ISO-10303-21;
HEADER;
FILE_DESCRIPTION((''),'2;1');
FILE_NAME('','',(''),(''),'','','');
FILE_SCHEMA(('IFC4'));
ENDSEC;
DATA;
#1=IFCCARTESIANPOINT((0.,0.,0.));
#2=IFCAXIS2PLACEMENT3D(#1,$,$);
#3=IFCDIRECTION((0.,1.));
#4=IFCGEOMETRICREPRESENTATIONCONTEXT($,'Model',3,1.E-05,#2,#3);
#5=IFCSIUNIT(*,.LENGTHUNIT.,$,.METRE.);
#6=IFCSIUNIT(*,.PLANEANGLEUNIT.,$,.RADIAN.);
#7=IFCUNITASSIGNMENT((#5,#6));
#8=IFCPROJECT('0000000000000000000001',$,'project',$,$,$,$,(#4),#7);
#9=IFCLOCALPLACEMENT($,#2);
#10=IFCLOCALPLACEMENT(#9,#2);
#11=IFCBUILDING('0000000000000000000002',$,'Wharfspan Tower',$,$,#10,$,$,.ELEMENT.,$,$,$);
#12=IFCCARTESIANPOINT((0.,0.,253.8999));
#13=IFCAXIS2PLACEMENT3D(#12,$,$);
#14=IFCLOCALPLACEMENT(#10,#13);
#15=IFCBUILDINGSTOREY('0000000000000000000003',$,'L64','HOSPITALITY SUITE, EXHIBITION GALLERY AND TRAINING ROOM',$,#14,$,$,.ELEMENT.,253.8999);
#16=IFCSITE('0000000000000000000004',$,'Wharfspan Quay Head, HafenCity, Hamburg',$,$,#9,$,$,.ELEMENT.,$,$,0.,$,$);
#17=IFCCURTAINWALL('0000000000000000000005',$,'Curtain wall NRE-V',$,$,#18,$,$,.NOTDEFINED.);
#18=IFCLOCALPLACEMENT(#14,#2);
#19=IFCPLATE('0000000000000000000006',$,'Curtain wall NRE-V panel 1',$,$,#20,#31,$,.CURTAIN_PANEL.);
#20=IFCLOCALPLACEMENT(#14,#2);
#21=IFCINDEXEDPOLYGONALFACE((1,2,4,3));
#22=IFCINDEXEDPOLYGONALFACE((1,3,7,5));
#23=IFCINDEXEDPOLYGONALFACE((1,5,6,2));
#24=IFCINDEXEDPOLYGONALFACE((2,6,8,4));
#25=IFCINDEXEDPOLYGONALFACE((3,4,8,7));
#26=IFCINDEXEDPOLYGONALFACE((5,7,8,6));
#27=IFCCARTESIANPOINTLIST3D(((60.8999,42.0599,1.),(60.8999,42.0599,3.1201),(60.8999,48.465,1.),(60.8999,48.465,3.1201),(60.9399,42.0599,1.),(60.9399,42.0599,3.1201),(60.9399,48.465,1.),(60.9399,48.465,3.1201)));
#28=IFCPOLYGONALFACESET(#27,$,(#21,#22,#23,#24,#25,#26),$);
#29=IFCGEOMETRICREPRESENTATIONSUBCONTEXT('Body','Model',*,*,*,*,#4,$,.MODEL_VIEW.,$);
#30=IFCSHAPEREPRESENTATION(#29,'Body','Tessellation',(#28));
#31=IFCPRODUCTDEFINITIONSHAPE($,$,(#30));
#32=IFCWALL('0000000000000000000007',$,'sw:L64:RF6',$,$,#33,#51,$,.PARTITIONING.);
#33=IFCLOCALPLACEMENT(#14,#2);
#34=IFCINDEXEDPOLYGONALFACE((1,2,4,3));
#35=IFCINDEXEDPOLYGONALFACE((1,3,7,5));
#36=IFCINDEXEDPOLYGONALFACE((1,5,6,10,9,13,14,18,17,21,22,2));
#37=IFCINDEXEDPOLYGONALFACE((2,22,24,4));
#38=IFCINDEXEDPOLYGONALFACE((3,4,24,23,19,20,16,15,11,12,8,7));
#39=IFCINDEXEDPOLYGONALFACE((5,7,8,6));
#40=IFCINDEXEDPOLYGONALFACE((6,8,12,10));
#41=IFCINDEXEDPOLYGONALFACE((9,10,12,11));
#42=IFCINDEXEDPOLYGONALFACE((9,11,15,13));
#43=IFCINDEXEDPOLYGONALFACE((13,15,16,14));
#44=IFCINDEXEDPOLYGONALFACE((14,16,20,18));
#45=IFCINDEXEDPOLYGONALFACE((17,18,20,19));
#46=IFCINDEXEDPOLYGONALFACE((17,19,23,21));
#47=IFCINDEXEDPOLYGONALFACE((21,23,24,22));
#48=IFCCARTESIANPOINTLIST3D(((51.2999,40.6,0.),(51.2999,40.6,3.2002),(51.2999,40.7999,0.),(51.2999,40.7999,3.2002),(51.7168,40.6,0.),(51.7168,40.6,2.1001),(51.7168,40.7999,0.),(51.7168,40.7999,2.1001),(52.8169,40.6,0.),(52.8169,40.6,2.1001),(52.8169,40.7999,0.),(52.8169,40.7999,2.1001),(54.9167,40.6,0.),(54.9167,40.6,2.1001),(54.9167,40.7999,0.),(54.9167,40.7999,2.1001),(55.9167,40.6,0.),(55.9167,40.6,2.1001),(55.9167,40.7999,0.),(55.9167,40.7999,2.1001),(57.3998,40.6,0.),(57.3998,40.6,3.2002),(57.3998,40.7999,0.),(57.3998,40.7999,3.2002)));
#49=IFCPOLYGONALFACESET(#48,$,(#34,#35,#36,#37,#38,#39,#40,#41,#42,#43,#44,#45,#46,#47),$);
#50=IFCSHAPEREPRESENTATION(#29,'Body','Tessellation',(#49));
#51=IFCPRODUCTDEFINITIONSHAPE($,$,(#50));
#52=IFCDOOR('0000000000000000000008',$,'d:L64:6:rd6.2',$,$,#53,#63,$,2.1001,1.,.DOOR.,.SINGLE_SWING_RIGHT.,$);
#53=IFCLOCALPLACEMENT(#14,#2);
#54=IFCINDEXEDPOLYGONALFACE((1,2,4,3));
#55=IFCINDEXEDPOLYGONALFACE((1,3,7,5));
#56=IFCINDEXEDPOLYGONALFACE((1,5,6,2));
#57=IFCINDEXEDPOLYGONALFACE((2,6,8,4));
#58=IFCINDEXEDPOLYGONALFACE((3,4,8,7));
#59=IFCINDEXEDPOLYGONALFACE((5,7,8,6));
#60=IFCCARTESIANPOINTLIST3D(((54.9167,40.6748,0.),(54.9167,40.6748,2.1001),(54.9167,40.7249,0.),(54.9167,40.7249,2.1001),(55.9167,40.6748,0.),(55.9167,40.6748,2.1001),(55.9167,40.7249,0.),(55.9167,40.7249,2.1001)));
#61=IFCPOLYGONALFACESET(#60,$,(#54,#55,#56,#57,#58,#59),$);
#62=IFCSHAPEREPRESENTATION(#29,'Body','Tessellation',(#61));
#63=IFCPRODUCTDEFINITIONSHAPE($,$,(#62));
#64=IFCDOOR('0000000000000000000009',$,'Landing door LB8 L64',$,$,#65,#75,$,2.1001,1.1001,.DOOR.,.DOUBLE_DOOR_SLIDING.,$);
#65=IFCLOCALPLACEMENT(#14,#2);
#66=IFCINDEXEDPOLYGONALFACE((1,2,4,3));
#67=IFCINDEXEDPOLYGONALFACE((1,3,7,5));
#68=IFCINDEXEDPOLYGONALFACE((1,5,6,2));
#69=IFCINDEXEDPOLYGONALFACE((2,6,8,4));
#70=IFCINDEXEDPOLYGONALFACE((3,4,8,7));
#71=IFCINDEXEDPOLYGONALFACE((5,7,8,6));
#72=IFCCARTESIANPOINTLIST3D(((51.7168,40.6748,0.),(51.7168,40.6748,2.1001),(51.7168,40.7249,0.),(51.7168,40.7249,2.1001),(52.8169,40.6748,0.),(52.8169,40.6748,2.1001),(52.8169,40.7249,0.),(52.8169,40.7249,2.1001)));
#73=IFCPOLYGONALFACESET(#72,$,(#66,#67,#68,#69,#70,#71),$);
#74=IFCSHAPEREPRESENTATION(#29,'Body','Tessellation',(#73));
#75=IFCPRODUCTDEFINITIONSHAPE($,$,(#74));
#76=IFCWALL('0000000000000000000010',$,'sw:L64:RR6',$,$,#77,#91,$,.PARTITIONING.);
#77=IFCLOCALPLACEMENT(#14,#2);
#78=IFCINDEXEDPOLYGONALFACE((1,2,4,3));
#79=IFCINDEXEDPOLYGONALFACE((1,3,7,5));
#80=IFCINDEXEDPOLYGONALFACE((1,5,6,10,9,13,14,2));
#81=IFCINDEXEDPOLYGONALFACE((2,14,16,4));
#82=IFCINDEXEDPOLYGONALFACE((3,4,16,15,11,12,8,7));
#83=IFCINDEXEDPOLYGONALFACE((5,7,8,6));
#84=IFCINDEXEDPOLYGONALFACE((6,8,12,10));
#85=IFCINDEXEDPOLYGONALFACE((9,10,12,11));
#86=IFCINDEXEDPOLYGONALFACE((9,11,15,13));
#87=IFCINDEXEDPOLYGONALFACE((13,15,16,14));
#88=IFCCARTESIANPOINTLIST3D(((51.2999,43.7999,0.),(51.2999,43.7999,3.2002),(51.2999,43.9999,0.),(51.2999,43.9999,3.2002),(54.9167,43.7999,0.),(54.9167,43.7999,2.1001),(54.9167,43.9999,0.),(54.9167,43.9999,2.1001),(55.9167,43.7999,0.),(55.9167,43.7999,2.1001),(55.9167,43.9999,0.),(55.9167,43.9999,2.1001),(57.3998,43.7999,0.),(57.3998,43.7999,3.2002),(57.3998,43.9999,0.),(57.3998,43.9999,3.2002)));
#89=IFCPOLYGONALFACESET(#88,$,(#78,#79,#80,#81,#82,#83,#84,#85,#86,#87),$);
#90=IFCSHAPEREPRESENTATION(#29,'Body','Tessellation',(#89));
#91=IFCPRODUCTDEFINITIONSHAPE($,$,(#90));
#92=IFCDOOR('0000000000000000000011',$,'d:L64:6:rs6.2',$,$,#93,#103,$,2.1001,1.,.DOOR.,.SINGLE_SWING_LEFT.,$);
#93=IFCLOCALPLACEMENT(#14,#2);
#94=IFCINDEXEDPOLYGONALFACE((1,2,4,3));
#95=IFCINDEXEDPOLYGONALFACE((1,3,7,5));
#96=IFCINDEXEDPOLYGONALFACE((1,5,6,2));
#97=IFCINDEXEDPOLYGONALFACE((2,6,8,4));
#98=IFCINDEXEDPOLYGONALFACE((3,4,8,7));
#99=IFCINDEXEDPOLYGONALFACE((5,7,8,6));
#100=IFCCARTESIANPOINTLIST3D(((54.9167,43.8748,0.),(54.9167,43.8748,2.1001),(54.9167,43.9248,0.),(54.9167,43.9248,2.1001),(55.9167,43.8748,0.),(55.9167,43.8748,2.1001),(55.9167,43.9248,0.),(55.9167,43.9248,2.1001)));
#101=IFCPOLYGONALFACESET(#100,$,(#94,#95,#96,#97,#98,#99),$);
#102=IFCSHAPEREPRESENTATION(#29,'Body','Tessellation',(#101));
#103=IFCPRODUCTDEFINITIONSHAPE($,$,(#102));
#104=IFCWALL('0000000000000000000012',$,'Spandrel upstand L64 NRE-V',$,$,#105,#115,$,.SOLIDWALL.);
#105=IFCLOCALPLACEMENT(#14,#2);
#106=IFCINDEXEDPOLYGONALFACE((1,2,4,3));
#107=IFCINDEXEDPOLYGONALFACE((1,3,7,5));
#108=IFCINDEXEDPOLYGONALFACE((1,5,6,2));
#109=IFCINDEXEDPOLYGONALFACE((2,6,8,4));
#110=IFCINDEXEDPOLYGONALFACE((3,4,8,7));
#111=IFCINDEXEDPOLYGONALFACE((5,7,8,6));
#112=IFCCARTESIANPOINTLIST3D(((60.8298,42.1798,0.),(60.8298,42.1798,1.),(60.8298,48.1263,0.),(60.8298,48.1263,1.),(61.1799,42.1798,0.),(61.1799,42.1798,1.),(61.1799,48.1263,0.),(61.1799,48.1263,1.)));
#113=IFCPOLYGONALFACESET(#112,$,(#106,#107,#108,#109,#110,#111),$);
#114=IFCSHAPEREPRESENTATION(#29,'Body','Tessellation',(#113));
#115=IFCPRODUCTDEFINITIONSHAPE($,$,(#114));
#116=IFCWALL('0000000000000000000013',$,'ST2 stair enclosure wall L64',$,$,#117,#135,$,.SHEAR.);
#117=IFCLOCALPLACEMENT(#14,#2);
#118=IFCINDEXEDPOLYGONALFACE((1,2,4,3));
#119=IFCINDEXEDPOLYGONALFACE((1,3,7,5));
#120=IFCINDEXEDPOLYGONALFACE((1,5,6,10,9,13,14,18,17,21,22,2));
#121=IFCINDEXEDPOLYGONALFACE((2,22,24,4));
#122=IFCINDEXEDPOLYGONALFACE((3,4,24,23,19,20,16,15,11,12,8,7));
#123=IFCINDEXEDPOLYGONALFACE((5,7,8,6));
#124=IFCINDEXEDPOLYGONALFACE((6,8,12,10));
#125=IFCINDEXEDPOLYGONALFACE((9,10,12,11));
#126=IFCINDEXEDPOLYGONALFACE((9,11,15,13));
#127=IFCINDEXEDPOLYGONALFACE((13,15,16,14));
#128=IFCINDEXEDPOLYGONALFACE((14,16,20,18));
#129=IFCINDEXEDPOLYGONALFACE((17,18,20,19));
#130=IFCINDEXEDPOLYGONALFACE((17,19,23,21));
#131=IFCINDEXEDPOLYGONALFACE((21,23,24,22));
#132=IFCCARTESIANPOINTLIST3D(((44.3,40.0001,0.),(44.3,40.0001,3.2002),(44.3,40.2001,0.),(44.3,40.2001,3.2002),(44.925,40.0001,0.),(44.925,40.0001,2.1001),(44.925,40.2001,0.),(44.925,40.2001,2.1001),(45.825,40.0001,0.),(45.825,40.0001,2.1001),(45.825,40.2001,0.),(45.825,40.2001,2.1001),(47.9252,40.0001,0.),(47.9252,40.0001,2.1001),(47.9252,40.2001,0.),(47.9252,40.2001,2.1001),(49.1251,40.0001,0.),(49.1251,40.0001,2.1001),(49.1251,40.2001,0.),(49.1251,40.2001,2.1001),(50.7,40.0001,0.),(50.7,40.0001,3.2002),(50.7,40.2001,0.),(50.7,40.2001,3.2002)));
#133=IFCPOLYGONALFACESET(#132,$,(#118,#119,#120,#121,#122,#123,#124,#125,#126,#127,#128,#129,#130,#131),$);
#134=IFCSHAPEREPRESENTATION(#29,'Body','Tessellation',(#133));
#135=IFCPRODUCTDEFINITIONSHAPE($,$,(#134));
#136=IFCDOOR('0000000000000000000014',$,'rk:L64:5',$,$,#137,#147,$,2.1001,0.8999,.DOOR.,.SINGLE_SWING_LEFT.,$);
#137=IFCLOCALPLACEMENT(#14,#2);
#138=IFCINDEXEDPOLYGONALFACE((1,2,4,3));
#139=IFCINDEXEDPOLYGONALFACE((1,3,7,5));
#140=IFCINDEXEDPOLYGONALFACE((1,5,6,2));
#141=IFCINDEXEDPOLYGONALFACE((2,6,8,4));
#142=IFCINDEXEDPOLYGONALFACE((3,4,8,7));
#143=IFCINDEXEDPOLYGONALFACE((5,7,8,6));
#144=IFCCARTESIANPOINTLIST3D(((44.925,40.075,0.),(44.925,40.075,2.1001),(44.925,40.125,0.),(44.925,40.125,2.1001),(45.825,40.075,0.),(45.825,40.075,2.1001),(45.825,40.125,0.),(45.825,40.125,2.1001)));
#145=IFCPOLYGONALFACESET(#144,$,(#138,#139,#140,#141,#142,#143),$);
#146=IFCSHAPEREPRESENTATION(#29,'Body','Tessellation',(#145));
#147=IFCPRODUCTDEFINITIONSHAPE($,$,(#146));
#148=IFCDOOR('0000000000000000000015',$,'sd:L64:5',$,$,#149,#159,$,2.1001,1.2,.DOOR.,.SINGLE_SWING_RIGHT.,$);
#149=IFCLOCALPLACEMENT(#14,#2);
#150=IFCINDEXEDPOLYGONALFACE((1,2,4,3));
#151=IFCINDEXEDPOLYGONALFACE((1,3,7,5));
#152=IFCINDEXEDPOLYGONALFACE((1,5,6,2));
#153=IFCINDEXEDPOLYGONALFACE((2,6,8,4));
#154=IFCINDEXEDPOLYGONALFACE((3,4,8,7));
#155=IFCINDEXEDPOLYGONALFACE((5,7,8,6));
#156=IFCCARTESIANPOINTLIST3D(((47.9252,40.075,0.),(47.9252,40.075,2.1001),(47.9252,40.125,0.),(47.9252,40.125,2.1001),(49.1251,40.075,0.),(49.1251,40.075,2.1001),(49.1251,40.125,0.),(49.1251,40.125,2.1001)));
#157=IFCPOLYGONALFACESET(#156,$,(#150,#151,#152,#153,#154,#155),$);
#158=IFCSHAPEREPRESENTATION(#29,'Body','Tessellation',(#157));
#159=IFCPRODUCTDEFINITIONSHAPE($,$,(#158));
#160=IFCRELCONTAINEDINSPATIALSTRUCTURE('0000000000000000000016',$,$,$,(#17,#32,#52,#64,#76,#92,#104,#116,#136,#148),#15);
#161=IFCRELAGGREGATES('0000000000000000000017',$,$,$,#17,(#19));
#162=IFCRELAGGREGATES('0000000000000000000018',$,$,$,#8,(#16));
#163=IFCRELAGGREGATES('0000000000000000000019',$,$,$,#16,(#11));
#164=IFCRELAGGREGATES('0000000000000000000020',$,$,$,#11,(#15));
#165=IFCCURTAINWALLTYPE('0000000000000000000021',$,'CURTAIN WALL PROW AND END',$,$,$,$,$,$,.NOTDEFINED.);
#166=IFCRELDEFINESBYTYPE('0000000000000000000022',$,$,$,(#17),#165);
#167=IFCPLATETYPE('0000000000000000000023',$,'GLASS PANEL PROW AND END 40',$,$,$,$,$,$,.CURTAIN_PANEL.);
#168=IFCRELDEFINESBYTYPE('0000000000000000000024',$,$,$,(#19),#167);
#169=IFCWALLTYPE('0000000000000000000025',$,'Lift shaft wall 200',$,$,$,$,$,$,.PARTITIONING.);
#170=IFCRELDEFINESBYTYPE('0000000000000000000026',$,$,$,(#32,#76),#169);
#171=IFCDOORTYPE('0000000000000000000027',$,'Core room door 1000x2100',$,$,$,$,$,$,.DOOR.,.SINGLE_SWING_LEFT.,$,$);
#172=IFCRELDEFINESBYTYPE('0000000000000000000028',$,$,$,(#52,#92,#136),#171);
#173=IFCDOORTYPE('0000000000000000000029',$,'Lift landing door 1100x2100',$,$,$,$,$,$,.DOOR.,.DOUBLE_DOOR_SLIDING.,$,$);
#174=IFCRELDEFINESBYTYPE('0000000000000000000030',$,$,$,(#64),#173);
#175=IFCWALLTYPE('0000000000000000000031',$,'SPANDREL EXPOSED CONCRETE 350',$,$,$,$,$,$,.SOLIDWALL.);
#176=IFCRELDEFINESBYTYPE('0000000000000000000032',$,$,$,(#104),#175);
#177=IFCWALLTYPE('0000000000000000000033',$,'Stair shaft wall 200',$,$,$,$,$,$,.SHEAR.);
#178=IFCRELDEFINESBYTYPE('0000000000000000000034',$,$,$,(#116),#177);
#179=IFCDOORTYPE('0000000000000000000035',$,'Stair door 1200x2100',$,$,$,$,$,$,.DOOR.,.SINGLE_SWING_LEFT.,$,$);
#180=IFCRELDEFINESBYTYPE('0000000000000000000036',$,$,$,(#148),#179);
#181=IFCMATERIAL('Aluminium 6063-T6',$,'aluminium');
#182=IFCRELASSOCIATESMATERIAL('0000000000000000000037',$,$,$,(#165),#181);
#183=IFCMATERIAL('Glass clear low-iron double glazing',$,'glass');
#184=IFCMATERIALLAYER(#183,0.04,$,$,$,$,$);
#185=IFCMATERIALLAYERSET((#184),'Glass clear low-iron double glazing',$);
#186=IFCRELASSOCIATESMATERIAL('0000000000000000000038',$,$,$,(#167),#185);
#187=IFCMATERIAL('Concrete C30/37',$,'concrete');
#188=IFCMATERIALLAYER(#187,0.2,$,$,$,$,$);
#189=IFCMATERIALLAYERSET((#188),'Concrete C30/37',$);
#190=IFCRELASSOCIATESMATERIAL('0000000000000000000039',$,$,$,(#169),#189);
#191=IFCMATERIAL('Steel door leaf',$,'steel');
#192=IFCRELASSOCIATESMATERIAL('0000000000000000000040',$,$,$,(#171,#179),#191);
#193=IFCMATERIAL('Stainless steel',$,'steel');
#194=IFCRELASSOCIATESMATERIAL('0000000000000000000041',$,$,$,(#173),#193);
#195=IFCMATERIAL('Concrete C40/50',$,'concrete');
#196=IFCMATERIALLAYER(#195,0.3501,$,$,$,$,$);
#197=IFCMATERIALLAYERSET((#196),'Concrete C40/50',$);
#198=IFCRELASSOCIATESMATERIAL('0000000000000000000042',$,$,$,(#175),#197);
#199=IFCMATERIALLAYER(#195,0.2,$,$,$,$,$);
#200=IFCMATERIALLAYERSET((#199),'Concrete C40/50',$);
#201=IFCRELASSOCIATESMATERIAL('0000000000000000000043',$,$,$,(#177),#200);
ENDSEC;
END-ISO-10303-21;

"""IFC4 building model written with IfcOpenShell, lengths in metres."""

from ifc_helpers import new_model, si_unit, direction, frame, frame_2d, origin, origin_2d, place, context, subcontext, project, spatial, rectangle, extrude, material, layer, layer_set, type_object, element, fill, aggregate, save


model = new_model("IFC4")

# Units and contexts
model_context = context("Model", 3, precision=1e-05, world=origin(), true_north=direction((0.0, 1.0)))
body_context = subcontext(model_context, "Body", "Model", "MODEL_VIEW")
ifc_project = project(units=[si_unit("LENGTHUNIT", "METRE"), si_unit("PLANEANGLEUNIT", "RADIAN")], contexts=[model_context])

# Site, building, storey
site_placement = place(None, origin())
site = spatial("IfcSite", under=ifc_project, at=site_placement, Name="Wharfspan Quay Head, HafenCity, Hamburg", CompositionType="ELEMENT", RefElevation=0.0)
building_placement = place(site_placement, origin())
building = spatial("IfcBuilding", under=site, at=building_placement, Name="Wharfspan Tower", CompositionType="ELEMENT")
storey_placement = place(building_placement, frame((0.0, 0.0, 253.8999)))
storey = spatial("IfcBuildingStorey", under=building, at=storey_placement, Name="L64", Description="HOSPITALITY SUITE, EXHIBITION GALLERY AND TRAINING ROOM", CompositionType="ELEMENT", Elevation=253.8999)

# Shared definitions
ifc_material_1 = material(Name="Aluminium 6063-T6", Category="aluminium")
curtain_wall_type = type_object("IfcCurtainWallType", Name="CURTAIN WALL PROW AND END", PredefinedType="NOTDEFINED", material=ifc_material_1)

# Curtain wall
curtain_wall_1_placement = place(storey_placement, origin())
curtain_wall_1 = element("IfcCurtainWall", 1, at=curtain_wall_1_placement, inside=storey, type_object=curtain_wall_type, Name="Curtain wall NRE-V", PredefinedType="NOTDEFINED")

# Plate
ifc_material_2 = material(Name="Glass clear low-iron double glazing", Category="glass")
ifc_layer_1 = layer(ifc_material_2, 0.04)
ifc_layer_set_1 = layer_set([ifc_layer_1], Name="Glass clear low-iron double glazing")
plate_type = type_object("IfcPlateType", Name="GLASS PANEL PROW AND END 40", PredefinedType="CURTAIN_PANEL", material=ifc_layer_set_1)
plate_1_placement = place(storey_placement, frame((60.9199, 45.2625, 1.0), z_axis=(0.0, 0.0, 1.0), x_axis=(0.0, 1.0, 0.0)))
plate_1 = element("IfcPlate", 2, at=plate_1_placement, type_object=plate_type, Name="Curtain wall NRE-V panel 1", PredefinedType="CURTAIN_PANEL", context=body_context, shape_type="SweptSolid", body=[
    extrude(rectangle(XDim=6.405, YDim=0.04, at=origin_2d()), origin(), (0.0, 0.0, 1.0), 2.1201),
])
aggregate(curtain_wall_1, [plate_1])

# Wall, openings, doors
ifc_material_3 = material(Name="Concrete C30/37", Category="concrete")
ifc_layer_2 = layer(ifc_material_3, 0.2)
ifc_layer_set_2 = layer_set([ifc_layer_2], Name="Concrete C30/37")
wall_type_1 = type_object("IfcWallType", Name="Lift shaft wall 200", PredefinedType="PARTITIONING", material=ifc_layer_set_2)
wall_1_placement = place(storey_placement, frame((51.3, 40.7, 0.0), z_axis=(0.0, 0.0, 1.0), x_axis=(1.0, 0.0, 0.0)))
wall_1 = element("IfcWall", 3, at=wall_1_placement, inside=storey, type_object=wall_type_1, Name="sw:L64:RF6", PredefinedType="PARTITIONING", context=body_context, shape_type="SweptSolid", body=[
    extrude(rectangle(XDim=6.0999, YDim=0.2, at=frame_2d((3.0498, 0.0))), origin(), (0.0, 0.0, 1.0), 3.2002),
])
opening_1_placement = place(wall_1_placement, frame((0.4167, 0.0, 0.0)))
opening_1 = element("IfcOpeningElement", 4, at=opening_1_placement, cuts=wall_1, PredefinedType="OPENING", context=body_context, shape_type="SweptSolid", body=[
    extrude(rectangle(XDim=1.1001, YDim=2.1001, at=frame_2d((0.55, 1.05))), frame((0.0, 0.1099, 0.0), z_axis=(0.0, -1.0, 0.0), x_axis=(1.0, 0.0, 0.0)), (0.0, 0.0, 1.0), 0.22),
])
opening_2_placement = place(wall_1_placement, frame((3.6167, 0.0, 0.0)))
opening_2 = element("IfcOpeningElement", 5, at=opening_2_placement, cuts=wall_1, PredefinedType="OPENING", context=body_context, shape_type="SweptSolid", body=[
    extrude(rectangle(XDim=1.0, YDim=2.1001, at=frame_2d((0.5, 1.05))), frame((0.0, 0.1099, 0.0), z_axis=(0.0, -1.0, 0.0), x_axis=(1.0, 0.0, 0.0)), (0.0, 0.0, 1.0), 0.22),
])
ifc_material_4 = material(Name="Steel door leaf", Category="steel")
door_type_1 = type_object("IfcDoorType", Name="Core room door 1000x2100", OperationType="SINGLE_SWING_LEFT", PredefinedType="DOOR", material=ifc_material_4)
door_1_placement = place(opening_2_placement, origin())
door_1 = element("IfcDoor", 6, at=door_1_placement, inside=storey, type_object=door_type_1, Name="d:L64:6:rd6.2", OperationType="SINGLE_SWING_RIGHT", OverallHeight=2.1001, OverallWidth=1.0, PredefinedType="DOOR", context=body_context, shape_type="SweptSolid", body=[
    extrude(rectangle(XDim=1.0, YDim=2.1001, at=frame_2d((0.5, 1.05))), frame((0.0, 0.0249, 0.0), z_axis=(0.0, -1.0, 0.0), x_axis=(1.0, 0.0, 0.0)), (0.0, 0.0, 1.0), 0.05),
])
fill(opening_2, door_1)
ifc_material_5 = material(Name="Stainless steel", Category="steel")
door_type_2 = type_object("IfcDoorType", Name="Lift landing door 1100x2100", OperationType="DOUBLE_DOOR_SLIDING", PredefinedType="DOOR", material=ifc_material_5)
door_2_placement = place(opening_1_placement, origin())
door_2 = element("IfcDoor", 7, at=door_2_placement, inside=storey, type_object=door_type_2, Name="Landing door LB8 L64", OperationType="DOUBLE_DOOR_SLIDING", OverallHeight=2.1001, OverallWidth=1.1001, PredefinedType="DOOR", context=body_context, shape_type="SweptSolid", body=[
    extrude(rectangle(XDim=1.1001, YDim=2.1001, at=frame_2d((0.55, 1.05))), frame((0.0, 0.0249, 0.0), z_axis=(0.0, -1.0, 0.0), x_axis=(1.0, 0.0, 0.0)), (0.0, 0.0, 1.0), 0.05),
])
fill(opening_1, door_2)

# Wall, opening, door
wall_2_placement = place(storey_placement, frame((51.3, 43.8999, 0.0), z_axis=(0.0, 0.0, 1.0), x_axis=(1.0, 0.0, 0.0)))
wall_2 = element("IfcWall", 8, at=wall_2_placement, inside=storey, type_object=wall_type_1, Name="sw:L64:RR6", PredefinedType="PARTITIONING", context=body_context, shape_type="SweptSolid", body=[
    extrude(rectangle(XDim=6.0999, YDim=0.2, at=frame_2d((3.0498, 0.0))), origin(), (0.0, 0.0, 1.0), 3.2002),
])
opening_3_placement = place(wall_2_placement, frame((3.6167, 0.0, 0.0)))
opening_3 = element("IfcOpeningElement", 9, at=opening_3_placement, cuts=wall_2, PredefinedType="OPENING", context=body_context, shape_type="SweptSolid", body=[
    extrude(rectangle(XDim=1.0, YDim=2.1001, at=frame_2d((0.5, 1.05))), frame((0.0, 0.1099, 0.0), z_axis=(0.0, -1.0, 0.0), x_axis=(1.0, 0.0, 0.0)), (0.0, 0.0, 1.0), 0.22),
])
door_3_placement = place(opening_3_placement, origin())
door_3 = element("IfcDoor", 10, at=door_3_placement, inside=storey, type_object=door_type_1, Name="d:L64:6:rs6.2", OperationType="SINGLE_SWING_LEFT", OverallHeight=2.1001, OverallWidth=1.0, PredefinedType="DOOR", context=body_context, shape_type="SweptSolid", body=[
    extrude(rectangle(XDim=1.0, YDim=2.1001, at=frame_2d((0.5, 1.05))), frame((0.0, 0.0249, 0.0), z_axis=(0.0, -1.0, 0.0), x_axis=(1.0, 0.0, 0.0)), (0.0, 0.0, 1.0), 0.05),
])
fill(opening_3, door_3)

# Wall
ifc_material_6 = material(Name="Concrete C40/50", Category="concrete")
ifc_layer_3 = layer(ifc_material_6, 0.3501)
ifc_layer_set_3 = layer_set([ifc_layer_3], Name="Concrete C40/50")
wall_type_2 = type_object("IfcWallType", Name="SPANDREL EXPOSED CONCRETE 350", PredefinedType="SOLIDWALL", material=ifc_layer_set_3)
wall_3_placement = place(storey_placement, frame((61.0049, 42.1799, 0.0), z_axis=(0.0, 0.0, 1.0), x_axis=(0.0, 1.0, 0.0)))
element("IfcWall", 11, at=wall_3_placement, inside=storey, type_object=wall_type_2, Name="Spandrel upstand L64 NRE-V", PredefinedType="SOLIDWALL", context=body_context, shape_type="SweptSolid", body=[
    extrude(rectangle(XDim=5.9465, YDim=0.3501, at=frame_2d((2.9731, 0.0))), origin(), (0.0, 0.0, 1.0), 1.0),
])

# Wall, openings, doors
ifc_layer_4 = layer(ifc_material_6, 0.2)
ifc_layer_set_4 = layer_set([ifc_layer_4], Name="Concrete C40/50")
wall_type_3 = type_object("IfcWallType", Name="Stair shaft wall 200", PredefinedType="SHEAR", material=ifc_layer_set_4)
wall_4_placement = place(storey_placement, frame((44.3, 40.1001, 0.0), z_axis=(0.0, 0.0, 1.0), x_axis=(1.0, 0.0, 0.0)))
wall_4 = element("IfcWall", 12, at=wall_4_placement, inside=storey, type_object=wall_type_3, Name="ST2 stair enclosure wall L64", PredefinedType="SHEAR", context=body_context, shape_type="SweptSolid", body=[
    extrude(rectangle(XDim=6.3999, YDim=0.2, at=frame_2d((3.2, 0.0))), origin(), (0.0, 0.0, 1.0), 3.2002),
])
opening_4_placement = place(wall_4_placement, frame((3.625, 0.0, 0.0)))
opening_4 = element("IfcOpeningElement", 13, at=opening_4_placement, cuts=wall_4, PredefinedType="OPENING", context=body_context, shape_type="SweptSolid", body=[
    extrude(rectangle(XDim=1.2, YDim=2.1001, at=frame_2d((0.6001, 1.05))), frame((0.0, 0.1099, 0.0), z_axis=(0.0, -1.0, 0.0), x_axis=(1.0, 0.0, 0.0)), (0.0, 0.0, 1.0), 0.22),
])
opening_5_placement = place(wall_4_placement, frame((0.625, 0.0, 0.0)))
opening_5 = element("IfcOpeningElement", 14, at=opening_5_placement, cuts=wall_4, PredefinedType="OPENING", context=body_context, shape_type="SweptSolid", body=[
    extrude(rectangle(XDim=0.8999, YDim=2.1001, at=frame_2d((0.45, 1.05))), frame((0.0, 0.1099, 0.0), z_axis=(0.0, -1.0, 0.0), x_axis=(1.0, 0.0, 0.0)), (0.0, 0.0, 1.0), 0.22),
])
door_4_placement = place(opening_5_placement, origin())
door_4 = element("IfcDoor", 15, at=door_4_placement, inside=storey, type_object=door_type_1, Name="rk:L64:5", OperationType="SINGLE_SWING_LEFT", OverallHeight=2.1001, OverallWidth=0.8999, PredefinedType="DOOR", context=body_context, shape_type="SweptSolid", body=[
    extrude(rectangle(XDim=0.8999, YDim=2.1001, at=frame_2d((0.45, 1.05))), frame((0.0, 0.0249, 0.0), z_axis=(0.0, -1.0, 0.0), x_axis=(1.0, 0.0, 0.0)), (0.0, 0.0, 1.0), 0.05),
])
fill(opening_5, door_4)
door_type_3 = type_object("IfcDoorType", Name="Stair door 1200x2100", OperationType="SINGLE_SWING_LEFT", PredefinedType="DOOR", material=ifc_material_4)
door_5_placement = place(opening_4_placement, origin())
door_5 = element("IfcDoor", 16, at=door_5_placement, inside=storey, type_object=door_type_3, Name="sd:L64:5", OperationType="SINGLE_SWING_RIGHT", OverallHeight=2.1001, OverallWidth=1.2, PredefinedType="DOOR", context=body_context, shape_type="SweptSolid", body=[
    extrude(rectangle(XDim=1.2, YDim=2.1001, at=frame_2d((0.6001, 1.05))), frame((0.0, 0.0249, 0.0), z_axis=(0.0, -1.0, 0.0), x_axis=(1.0, 0.0, 0.0)), (0.0, 0.0, 1.0), 0.05),
])
fill(opening_4, door_5)

save(model, "model.ifc")
